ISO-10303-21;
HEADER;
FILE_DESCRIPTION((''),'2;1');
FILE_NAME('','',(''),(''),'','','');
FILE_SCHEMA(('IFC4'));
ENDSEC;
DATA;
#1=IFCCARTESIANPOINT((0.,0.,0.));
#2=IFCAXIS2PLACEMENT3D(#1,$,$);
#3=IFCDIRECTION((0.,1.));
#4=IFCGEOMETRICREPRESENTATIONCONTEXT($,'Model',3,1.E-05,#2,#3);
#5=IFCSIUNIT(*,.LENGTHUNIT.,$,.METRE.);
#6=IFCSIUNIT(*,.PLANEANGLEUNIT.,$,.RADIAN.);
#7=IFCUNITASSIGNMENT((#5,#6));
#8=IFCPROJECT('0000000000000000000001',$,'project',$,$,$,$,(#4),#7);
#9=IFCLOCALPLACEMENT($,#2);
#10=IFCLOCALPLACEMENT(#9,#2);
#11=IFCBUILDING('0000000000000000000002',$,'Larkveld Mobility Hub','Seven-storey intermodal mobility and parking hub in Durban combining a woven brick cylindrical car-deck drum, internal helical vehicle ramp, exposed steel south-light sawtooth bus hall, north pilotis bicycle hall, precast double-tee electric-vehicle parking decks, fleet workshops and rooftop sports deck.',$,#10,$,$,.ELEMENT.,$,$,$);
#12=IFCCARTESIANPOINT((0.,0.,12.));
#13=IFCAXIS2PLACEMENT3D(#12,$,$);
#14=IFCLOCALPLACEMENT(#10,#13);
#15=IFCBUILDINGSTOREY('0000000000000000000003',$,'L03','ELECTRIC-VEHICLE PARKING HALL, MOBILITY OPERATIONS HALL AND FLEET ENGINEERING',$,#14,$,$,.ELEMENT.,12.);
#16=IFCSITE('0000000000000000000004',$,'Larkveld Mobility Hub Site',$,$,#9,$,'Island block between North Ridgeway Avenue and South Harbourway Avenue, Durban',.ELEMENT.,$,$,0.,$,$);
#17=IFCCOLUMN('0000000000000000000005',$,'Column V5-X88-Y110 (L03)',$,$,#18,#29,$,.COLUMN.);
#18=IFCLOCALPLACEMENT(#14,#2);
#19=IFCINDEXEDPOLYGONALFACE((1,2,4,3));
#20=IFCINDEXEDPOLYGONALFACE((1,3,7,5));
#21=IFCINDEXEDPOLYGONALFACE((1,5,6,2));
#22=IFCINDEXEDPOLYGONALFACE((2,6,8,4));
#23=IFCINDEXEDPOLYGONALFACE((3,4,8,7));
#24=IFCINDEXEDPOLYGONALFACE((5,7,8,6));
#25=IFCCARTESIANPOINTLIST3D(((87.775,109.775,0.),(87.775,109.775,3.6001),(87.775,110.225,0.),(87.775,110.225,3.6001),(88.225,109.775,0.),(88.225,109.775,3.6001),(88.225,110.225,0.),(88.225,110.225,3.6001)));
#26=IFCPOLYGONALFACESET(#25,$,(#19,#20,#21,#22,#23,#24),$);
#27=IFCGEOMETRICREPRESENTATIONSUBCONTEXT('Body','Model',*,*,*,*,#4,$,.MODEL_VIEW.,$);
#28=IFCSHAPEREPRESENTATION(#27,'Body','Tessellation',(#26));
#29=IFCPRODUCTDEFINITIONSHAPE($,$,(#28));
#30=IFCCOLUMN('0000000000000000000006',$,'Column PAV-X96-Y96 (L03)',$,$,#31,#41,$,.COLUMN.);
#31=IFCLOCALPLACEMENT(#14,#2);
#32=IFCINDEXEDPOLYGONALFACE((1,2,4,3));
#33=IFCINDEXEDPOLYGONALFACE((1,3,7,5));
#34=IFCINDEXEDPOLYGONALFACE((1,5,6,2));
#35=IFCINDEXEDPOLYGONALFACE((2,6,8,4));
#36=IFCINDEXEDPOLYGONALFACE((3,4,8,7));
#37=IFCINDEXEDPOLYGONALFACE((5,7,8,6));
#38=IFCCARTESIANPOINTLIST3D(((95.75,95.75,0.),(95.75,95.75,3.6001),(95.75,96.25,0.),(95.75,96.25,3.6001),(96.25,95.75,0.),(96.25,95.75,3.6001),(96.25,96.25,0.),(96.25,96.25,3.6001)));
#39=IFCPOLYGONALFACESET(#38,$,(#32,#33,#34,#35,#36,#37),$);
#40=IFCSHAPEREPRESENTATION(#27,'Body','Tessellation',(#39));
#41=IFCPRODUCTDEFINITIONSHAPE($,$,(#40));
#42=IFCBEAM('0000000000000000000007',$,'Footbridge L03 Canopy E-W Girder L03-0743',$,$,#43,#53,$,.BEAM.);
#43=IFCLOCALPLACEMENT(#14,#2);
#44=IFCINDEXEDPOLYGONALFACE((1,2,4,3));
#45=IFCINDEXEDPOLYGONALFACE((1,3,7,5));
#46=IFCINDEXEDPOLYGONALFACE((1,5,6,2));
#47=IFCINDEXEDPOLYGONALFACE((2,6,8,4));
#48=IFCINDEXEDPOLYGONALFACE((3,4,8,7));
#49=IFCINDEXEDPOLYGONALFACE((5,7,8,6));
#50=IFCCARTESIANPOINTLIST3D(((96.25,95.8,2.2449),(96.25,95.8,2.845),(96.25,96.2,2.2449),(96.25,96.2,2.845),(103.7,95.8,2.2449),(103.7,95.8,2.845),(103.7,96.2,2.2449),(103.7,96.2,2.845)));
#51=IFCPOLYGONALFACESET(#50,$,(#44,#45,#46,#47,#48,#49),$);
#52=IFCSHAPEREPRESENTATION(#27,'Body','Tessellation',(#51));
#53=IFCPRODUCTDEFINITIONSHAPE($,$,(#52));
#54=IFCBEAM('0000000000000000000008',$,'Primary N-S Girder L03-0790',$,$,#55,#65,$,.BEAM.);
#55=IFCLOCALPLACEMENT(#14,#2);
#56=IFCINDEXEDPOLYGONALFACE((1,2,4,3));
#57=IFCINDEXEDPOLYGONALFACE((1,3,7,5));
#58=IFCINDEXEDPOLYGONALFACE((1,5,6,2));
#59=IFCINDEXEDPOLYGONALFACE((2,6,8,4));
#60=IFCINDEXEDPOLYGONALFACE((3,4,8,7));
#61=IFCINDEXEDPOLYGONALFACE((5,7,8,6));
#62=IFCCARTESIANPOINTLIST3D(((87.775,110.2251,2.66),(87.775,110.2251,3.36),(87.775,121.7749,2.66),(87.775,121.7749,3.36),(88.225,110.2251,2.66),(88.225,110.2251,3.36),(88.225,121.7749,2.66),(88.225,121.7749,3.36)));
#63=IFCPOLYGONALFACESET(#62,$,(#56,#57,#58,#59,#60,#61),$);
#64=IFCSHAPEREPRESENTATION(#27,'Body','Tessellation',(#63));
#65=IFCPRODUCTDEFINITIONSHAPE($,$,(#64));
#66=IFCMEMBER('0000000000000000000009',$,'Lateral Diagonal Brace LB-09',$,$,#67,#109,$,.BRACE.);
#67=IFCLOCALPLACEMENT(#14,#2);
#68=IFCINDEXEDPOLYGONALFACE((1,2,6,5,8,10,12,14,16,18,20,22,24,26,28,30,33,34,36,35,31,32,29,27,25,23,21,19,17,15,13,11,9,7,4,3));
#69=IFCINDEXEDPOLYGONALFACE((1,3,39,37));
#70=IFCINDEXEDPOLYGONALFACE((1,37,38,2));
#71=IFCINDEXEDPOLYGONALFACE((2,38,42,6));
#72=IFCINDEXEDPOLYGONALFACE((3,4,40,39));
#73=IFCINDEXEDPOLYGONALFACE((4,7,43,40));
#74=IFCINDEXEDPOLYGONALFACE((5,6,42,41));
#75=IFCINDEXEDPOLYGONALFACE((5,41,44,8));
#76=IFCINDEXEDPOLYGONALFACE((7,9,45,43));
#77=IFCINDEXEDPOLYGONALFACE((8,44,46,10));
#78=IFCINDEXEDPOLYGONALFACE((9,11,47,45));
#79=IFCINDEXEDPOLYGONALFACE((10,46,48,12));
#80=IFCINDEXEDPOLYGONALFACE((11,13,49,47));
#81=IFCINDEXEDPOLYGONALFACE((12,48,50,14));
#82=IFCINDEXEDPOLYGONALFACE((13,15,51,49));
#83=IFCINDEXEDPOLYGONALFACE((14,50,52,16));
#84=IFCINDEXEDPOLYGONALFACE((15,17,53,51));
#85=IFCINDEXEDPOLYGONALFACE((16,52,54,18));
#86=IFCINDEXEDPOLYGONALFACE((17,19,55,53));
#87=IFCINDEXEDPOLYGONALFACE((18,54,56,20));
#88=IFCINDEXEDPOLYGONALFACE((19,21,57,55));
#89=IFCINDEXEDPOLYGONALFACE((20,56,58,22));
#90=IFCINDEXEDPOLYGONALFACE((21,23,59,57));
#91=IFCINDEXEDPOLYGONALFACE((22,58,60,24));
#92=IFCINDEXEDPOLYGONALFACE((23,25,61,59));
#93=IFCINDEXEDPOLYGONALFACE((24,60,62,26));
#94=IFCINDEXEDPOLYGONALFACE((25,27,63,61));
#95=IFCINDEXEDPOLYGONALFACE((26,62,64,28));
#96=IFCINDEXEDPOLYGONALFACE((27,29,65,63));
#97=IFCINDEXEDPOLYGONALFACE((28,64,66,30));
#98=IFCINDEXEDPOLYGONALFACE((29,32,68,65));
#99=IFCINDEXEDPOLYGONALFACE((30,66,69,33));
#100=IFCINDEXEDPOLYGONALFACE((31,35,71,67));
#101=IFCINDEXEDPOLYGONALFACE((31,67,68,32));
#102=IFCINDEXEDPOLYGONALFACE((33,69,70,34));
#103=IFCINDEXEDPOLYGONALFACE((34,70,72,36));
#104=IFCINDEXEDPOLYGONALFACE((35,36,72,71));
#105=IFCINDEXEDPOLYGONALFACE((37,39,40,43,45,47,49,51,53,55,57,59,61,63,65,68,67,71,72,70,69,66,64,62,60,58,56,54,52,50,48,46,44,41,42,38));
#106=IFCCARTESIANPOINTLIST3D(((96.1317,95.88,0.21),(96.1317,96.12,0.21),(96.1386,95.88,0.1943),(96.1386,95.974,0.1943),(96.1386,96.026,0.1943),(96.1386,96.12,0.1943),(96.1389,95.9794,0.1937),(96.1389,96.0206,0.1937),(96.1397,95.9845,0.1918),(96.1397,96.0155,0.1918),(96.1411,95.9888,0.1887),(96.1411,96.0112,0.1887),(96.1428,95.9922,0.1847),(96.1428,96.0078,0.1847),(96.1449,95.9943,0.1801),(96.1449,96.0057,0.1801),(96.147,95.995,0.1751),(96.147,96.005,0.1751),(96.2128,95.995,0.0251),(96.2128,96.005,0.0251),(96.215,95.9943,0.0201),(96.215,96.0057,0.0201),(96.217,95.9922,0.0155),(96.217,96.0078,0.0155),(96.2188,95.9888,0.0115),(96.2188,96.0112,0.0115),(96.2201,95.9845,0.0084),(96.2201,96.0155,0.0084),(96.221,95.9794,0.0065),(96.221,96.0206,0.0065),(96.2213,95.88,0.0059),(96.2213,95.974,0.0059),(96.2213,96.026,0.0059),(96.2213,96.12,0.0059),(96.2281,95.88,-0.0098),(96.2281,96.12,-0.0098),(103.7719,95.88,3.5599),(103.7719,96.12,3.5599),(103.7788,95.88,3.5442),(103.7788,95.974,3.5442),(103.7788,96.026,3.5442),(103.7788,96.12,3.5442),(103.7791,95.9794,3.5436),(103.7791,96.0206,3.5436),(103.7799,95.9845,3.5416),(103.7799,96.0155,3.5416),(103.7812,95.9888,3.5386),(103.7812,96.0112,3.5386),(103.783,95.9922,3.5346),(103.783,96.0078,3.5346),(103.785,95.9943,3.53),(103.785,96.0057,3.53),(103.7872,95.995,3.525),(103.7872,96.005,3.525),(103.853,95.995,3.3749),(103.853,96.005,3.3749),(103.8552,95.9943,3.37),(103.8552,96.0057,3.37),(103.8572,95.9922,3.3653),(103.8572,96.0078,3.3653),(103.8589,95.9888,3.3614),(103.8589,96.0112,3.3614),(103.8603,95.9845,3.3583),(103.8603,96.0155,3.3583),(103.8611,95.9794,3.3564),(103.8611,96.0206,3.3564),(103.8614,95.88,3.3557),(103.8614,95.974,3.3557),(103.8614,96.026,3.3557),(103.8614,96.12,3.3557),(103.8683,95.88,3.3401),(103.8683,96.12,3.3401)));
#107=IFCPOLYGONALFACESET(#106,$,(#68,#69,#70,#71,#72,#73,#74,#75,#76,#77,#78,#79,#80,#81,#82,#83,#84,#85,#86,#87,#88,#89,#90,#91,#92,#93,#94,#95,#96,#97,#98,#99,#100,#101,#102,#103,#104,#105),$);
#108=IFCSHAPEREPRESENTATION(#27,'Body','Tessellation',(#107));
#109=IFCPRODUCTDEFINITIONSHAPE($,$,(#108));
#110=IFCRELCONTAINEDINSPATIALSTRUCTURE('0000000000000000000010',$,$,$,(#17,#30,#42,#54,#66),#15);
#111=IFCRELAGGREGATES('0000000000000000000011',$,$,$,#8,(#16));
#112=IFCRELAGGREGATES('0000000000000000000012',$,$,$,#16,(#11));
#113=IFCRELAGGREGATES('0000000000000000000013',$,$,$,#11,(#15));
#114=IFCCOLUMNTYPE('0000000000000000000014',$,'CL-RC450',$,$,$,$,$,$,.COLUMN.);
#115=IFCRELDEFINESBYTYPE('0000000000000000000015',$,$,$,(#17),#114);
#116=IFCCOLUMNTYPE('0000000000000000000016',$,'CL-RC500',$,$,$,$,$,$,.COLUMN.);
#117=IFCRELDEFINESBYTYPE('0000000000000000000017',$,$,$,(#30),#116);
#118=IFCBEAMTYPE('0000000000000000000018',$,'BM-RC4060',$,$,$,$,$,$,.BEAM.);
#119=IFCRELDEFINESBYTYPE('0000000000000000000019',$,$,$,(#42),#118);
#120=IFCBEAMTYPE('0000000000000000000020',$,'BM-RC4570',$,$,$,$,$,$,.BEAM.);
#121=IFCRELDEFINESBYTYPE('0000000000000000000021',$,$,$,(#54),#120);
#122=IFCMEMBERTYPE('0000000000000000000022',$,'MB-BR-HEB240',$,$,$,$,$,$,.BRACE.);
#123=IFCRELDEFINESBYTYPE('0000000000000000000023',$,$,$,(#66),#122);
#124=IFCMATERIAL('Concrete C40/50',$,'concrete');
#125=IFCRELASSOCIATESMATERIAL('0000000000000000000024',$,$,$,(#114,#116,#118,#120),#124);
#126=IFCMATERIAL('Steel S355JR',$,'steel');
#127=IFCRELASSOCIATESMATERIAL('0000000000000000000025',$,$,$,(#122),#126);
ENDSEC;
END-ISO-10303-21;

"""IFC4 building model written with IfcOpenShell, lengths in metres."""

from ifc_helpers import new_model, si_unit, direction, frame, origin, origin_2d, place, context, subcontext, project, spatial, rectangle, i_section, extrude, material, material_profile, profile_set, type_object, element, save


model = new_model("IFC4")

# Units and contexts
model_context = context("Model", 3, precision=1e-05, world=origin(), true_north=direction((0.0, 1.0)))
body_context = subcontext(model_context, "Body", "Model", "MODEL_VIEW")
ifc_project = project(units=[si_unit("LENGTHUNIT", "METRE"), si_unit("PLANEANGLEUNIT", "RADIAN")], contexts=[model_context])

# Site, building, storey
site_placement = place(None, origin())
site = spatial("IfcSite", under=ifc_project, at=site_placement, Name="Larkveld Mobility Hub Site", LongName="Island block between North Ridgeway Avenue and South Harbourway Avenue, Durban", CompositionType="ELEMENT", RefElevation=0.0)
building_placement = place(site_placement, origin())
building = spatial("IfcBuilding", under=site, at=building_placement, Name="Larkveld Mobility Hub", Description="Seven-storey intermodal mobility and parking hub in Durban combining a woven brick cylindrical car-deck drum, internal helical vehicle ramp, exposed steel south-light sawtooth bus hall, north pilotis bicycle hall, precast double-tee electric-vehicle parking decks, fleet workshops and rooftop sports deck.", CompositionType="ELEMENT")
storey_placement = place(building_placement, frame((0.0, 0.0, 12.0)))
storey = spatial("IfcBuildingStorey", under=building, at=storey_placement, Name="L03", Description="ELECTRIC-VEHICLE PARKING HALL, MOBILITY OPERATIONS HALL AND FLEET ENGINEERING", CompositionType="ELEMENT", Elevation=12.0)

# Columns
ifc_material_1 = material(Name="Concrete C40/50", Category="concrete")
ifc_material_profile_1 = material_profile(ifc_material_1, rectangle(XDim=0.45, YDim=0.45, at=origin_2d()), Name="RC COL 450x450")
ifc_profile_set_1 = profile_set([ifc_material_profile_1], Name="Concrete C40/50")
column_type_1 = type_object("IfcColumnType", Name="CL-RC450", PredefinedType="COLUMN", material=ifc_profile_set_1)
column_1_placement = place(storey_placement, frame((88.0, 110.0, 0.0), z_axis=(0.0, 0.0, 1.0), x_axis=(1.0, 0.0, 0.0)))
element("IfcColumn", 1, at=column_1_placement, inside=storey, type_object=column_type_1, Name="Column V5-X88-Y110 (L03)", PredefinedType="COLUMN", context=body_context, shape_type="SweptSolid", body=[
    extrude(rectangle(XDim=0.45, YDim=0.45, at=origin_2d()), origin(), (0.0, 0.0, 1.0), 3.6001),
])
ifc_material_profile_2 = material_profile(ifc_material_1, rectangle(XDim=0.5, YDim=0.5, at=origin_2d()), Name="RC COL 500x500")
ifc_profile_set_2 = profile_set([ifc_material_profile_2], Name="Concrete C40/50")
column_type_2 = type_object("IfcColumnType", Name="CL-RC500", PredefinedType="COLUMN", material=ifc_profile_set_2)
column_2_placement = place(storey_placement, frame((96.0, 96.0, 0.0), z_axis=(0.0, 0.0, 1.0), x_axis=(1.0, 0.0, 0.0)))
element("IfcColumn", 2, at=column_2_placement, inside=storey, type_object=column_type_2, Name="Column PAV-X96-Y96 (L03)", PredefinedType="COLUMN", context=body_context, shape_type="SweptSolid", body=[
    extrude(rectangle(XDim=0.5, YDim=0.5, at=origin_2d()), origin(), (0.0, 0.0, 1.0), 3.6001),
])

# Beams
ifc_material_profile_3 = material_profile(ifc_material_1, rectangle(XDim=0.3999, YDim=0.6001, at=origin_2d()), Name="RC BM 400x600")
ifc_profile_set_3 = profile_set([ifc_material_profile_3], Name="Concrete C40/50")
beam_type_1 = type_object("IfcBeamType", Name="BM-RC4060", PredefinedType="BEAM", material=ifc_profile_set_3)
beam_1_placement = place(storey_placement, frame((96.25, 96.0, 2.5449), z_axis=(1.0, 0.0, 0.0), x_axis=(0.0, 1.0, 0.0)))
element("IfcBeam", 3, at=beam_1_placement, inside=storey, type_object=beam_type_1, Name="Footbridge L03 Canopy E-W Girder L03-0743", PredefinedType="BEAM", context=body_context, shape_type="SweptSolid", body=[
    extrude(rectangle(XDim=0.3999, YDim=0.6001, at=origin_2d()), origin(), (0.0, 0.0, 1.0), 7.45),
])
ifc_material_profile_4 = material_profile(ifc_material_1, rectangle(XDim=0.45, YDim=0.7, at=origin_2d()), Name="RC BM 450x700")
ifc_profile_set_4 = profile_set([ifc_material_profile_4], Name="Concrete C40/50")
beam_type_2 = type_object("IfcBeamType", Name="BM-RC4570", PredefinedType="BEAM", material=ifc_profile_set_4)
beam_2_placement = place(storey_placement, frame((88.0, 110.2251, 3.01), z_axis=(0.0, 1.0, 0.0), x_axis=(-1.0, 0.0, 0.0)))
element("IfcBeam", 4, at=beam_2_placement, inside=storey, type_object=beam_type_2, Name="Primary N-S Girder L03-0790", PredefinedType="BEAM", context=body_context, shape_type="SweptSolid", body=[
    extrude(rectangle(XDim=0.45, YDim=0.7, at=origin_2d()), origin(), (0.0, 0.0, 1.0), 11.5498),
])

# Member
ifc_material_2 = material(Name="Steel S355JR", Category="steel")
ifc_material_profile_5 = material_profile(ifc_material_2, i_section(OverallWidth=0.24, OverallDepth=0.24, WebThickness=0.01, FlangeThickness=0.0171, FilletRadius=0.021, at=origin_2d()), Name="HEB 240")
ifc_profile_set_5 = profile_set([ifc_material_profile_5], Name="Steel S355JR")
member_type = type_object("IfcMemberType", Name="MB-BR-HEB240", PredefinedType="BRACE", material=ifc_profile_set_5)
member_placement = place(storey_placement, frame((96.1799, 96.0, 0.1001), z_axis=(0.915836, 0.0, 0.401553), x_axis=(0.0, 1.0, 0.0)))
element("IfcMember", 5, at=member_placement, inside=storey, type_object=member_type, Name="Lateral Diagonal Brace LB-09", PredefinedType="BRACE", context=body_context, shape_type="SweptSolid", body=[
    extrude(i_section(OverallWidth=0.24, OverallDepth=0.24, WebThickness=0.01, FlangeThickness=0.0171, FilletRadius=0.021, at=origin_2d()), origin(), (0.0, 0.0, 1.0), 8.3423),
])

save(model, "model.ifc")
